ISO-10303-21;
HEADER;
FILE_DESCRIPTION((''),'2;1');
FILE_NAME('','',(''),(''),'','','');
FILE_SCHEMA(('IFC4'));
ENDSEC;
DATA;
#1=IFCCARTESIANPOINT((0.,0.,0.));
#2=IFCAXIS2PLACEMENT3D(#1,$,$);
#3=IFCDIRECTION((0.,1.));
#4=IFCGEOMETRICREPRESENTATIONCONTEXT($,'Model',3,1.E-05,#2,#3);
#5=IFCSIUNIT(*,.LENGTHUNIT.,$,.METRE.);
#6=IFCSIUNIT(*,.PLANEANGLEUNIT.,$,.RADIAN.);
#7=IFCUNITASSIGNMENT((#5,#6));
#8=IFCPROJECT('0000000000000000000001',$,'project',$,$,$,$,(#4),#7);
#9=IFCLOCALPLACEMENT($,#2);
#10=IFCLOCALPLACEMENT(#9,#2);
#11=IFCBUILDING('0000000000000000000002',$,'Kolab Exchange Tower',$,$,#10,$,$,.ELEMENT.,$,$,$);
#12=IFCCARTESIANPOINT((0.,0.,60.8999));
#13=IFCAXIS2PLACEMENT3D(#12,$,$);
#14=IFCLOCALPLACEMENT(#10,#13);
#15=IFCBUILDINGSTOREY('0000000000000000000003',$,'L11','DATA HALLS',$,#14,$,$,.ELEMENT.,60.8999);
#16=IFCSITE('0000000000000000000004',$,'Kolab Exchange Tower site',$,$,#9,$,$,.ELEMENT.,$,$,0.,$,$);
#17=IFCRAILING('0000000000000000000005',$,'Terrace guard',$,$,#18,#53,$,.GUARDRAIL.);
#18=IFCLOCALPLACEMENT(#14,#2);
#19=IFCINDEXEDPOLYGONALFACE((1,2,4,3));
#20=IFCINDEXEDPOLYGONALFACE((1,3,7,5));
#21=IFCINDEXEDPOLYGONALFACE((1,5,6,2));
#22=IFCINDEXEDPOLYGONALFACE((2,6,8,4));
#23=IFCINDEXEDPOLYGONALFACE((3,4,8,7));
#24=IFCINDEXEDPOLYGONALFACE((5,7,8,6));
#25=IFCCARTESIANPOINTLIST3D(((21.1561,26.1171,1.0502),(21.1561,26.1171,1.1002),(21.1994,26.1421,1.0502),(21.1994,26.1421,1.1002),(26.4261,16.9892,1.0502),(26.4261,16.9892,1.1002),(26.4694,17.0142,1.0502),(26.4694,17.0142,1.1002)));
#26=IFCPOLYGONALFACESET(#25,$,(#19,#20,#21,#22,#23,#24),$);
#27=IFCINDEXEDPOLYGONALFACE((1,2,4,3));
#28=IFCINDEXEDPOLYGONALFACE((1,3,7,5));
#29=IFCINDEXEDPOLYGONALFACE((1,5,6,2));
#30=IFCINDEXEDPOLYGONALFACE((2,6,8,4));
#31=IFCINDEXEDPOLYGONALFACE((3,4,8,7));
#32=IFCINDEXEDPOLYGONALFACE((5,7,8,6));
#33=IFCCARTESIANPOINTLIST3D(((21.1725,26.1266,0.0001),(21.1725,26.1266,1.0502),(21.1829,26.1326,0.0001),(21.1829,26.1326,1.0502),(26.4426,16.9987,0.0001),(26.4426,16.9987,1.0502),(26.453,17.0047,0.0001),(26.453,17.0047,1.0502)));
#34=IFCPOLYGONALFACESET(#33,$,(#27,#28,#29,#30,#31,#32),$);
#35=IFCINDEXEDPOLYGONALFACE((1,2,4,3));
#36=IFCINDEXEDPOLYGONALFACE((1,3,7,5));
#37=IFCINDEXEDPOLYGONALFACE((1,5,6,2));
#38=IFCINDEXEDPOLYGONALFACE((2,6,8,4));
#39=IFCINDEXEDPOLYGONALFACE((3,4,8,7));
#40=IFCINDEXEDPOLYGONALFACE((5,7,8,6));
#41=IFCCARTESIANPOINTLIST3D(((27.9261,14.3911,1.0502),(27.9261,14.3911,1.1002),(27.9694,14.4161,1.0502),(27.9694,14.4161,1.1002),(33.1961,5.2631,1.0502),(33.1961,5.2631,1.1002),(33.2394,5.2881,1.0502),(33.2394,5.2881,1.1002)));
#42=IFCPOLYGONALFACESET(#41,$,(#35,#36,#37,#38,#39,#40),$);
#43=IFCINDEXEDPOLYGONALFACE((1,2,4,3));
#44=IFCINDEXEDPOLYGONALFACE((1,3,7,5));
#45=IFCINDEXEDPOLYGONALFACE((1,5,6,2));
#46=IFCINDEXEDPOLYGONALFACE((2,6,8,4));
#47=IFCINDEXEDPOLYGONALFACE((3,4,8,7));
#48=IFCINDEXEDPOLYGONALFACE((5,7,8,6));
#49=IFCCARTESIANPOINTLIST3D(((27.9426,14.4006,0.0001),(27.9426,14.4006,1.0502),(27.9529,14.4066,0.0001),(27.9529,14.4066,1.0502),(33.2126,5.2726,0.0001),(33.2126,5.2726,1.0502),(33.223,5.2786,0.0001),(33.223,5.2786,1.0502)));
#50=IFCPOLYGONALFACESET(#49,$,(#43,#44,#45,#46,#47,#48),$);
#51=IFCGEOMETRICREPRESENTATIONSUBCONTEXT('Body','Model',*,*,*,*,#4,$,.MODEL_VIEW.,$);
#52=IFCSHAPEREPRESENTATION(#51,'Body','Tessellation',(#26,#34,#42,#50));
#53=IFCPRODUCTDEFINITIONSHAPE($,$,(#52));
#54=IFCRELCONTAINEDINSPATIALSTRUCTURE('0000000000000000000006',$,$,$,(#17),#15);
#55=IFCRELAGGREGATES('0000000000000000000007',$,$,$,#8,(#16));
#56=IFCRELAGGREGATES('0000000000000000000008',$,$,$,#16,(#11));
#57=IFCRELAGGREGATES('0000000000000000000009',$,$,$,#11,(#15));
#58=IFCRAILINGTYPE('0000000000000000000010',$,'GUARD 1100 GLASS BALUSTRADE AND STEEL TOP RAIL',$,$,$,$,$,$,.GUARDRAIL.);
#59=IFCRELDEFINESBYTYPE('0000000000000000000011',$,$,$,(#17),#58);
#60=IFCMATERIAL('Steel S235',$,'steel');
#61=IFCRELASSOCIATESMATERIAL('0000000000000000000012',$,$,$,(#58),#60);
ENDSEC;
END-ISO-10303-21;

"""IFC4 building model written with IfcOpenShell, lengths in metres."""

from ifc_helpers import new_model, si_unit, direction, frame, frame_2d, origin, origin_2d, place, context, subcontext, project, spatial, rectangle, extrude, material, type_object, element, save


model = new_model("IFC4")

# Units and contexts
model_context = context("Model", 3, precision=1e-05, world=origin(), true_north=direction((0.0, 1.0)))
body_context = subcontext(model_context, "Body", "Model", "MODEL_VIEW")
ifc_project = project(units=[si_unit("LENGTHUNIT", "METRE"), si_unit("PLANEANGLEUNIT", "RADIAN")], contexts=[model_context])

# Site, building, storey
site_placement = place(None, origin())
site = spatial("IfcSite", under=ifc_project, at=site_placement, Name="Kolab Exchange Tower site", CompositionType="ELEMENT", RefElevation=0.0)
building_placement = place(site_placement, origin())
building = spatial("IfcBuilding", under=site, at=building_placement, Name="Kolab Exchange Tower", CompositionType="ELEMENT")
storey_placement = place(building_placement, frame((0.0, 0.0, 60.8999)))
storey = spatial("IfcBuildingStorey", under=building, at=storey_placement, Name="L11", Description="DATA HALLS", CompositionType="ELEMENT", Elevation=60.8999)

# Railing
ifc_material_1 = material(Name="Steel S235", Category="steel")
railing_type = type_object("IfcRailingType", Name="GUARD 1100 GLASS BALUSTRADE AND STEEL TOP RAIL", PredefinedType="GUARDRAIL", material=ifc_material_1)
railing_placement = place(storey_placement, frame((21.1777, 26.1296, 0.0)))
element("IfcRailing", 1, at=railing_placement, inside=storey, type_object=railing_type, Name="Terrace guard", PredefinedType="GUARDRAIL", context=body_context, shape_type="SweptSolid", body=[
    extrude(rectangle(XDim=0.05, YDim=0.05, at=origin_2d()), frame((0.0, 0.0, 1.0752), z_axis=(0.5, -0.866025, 0.0), x_axis=(0.866025, 0.5, 0.0)), (0.0, 0.0, 1.0), 10.54),
    extrude(rectangle(XDim=0.012, YDim=1.0501, at=frame_2d((0.0, 0.5251))), frame((0.0, 0.0, 0.0), z_axis=(0.5, -0.866025, 0.0), x_axis=(0.866025, 0.5, 0.0)), (0.0, 0.0, 1.0), 10.54),
    extrude(rectangle(XDim=0.05, YDim=0.05, at=origin_2d()), frame((12.04, -20.854, 1.0752), z_axis=(-0.5, 0.866025, 0.0), x_axis=(-0.866025, -0.5, 0.0)), (0.0, 0.0, 1.0), 10.54),
    extrude(rectangle(XDim=0.012, YDim=1.0501, at=frame_2d((0.0, 0.5251))), frame((12.04, -20.854, 0.0), z_axis=(-0.5, 0.866025, 0.0), x_axis=(-0.866025, -0.5, 0.0)), (0.0, 0.0, 1.0), 10.54),
])

save(model, "model.ifc")
